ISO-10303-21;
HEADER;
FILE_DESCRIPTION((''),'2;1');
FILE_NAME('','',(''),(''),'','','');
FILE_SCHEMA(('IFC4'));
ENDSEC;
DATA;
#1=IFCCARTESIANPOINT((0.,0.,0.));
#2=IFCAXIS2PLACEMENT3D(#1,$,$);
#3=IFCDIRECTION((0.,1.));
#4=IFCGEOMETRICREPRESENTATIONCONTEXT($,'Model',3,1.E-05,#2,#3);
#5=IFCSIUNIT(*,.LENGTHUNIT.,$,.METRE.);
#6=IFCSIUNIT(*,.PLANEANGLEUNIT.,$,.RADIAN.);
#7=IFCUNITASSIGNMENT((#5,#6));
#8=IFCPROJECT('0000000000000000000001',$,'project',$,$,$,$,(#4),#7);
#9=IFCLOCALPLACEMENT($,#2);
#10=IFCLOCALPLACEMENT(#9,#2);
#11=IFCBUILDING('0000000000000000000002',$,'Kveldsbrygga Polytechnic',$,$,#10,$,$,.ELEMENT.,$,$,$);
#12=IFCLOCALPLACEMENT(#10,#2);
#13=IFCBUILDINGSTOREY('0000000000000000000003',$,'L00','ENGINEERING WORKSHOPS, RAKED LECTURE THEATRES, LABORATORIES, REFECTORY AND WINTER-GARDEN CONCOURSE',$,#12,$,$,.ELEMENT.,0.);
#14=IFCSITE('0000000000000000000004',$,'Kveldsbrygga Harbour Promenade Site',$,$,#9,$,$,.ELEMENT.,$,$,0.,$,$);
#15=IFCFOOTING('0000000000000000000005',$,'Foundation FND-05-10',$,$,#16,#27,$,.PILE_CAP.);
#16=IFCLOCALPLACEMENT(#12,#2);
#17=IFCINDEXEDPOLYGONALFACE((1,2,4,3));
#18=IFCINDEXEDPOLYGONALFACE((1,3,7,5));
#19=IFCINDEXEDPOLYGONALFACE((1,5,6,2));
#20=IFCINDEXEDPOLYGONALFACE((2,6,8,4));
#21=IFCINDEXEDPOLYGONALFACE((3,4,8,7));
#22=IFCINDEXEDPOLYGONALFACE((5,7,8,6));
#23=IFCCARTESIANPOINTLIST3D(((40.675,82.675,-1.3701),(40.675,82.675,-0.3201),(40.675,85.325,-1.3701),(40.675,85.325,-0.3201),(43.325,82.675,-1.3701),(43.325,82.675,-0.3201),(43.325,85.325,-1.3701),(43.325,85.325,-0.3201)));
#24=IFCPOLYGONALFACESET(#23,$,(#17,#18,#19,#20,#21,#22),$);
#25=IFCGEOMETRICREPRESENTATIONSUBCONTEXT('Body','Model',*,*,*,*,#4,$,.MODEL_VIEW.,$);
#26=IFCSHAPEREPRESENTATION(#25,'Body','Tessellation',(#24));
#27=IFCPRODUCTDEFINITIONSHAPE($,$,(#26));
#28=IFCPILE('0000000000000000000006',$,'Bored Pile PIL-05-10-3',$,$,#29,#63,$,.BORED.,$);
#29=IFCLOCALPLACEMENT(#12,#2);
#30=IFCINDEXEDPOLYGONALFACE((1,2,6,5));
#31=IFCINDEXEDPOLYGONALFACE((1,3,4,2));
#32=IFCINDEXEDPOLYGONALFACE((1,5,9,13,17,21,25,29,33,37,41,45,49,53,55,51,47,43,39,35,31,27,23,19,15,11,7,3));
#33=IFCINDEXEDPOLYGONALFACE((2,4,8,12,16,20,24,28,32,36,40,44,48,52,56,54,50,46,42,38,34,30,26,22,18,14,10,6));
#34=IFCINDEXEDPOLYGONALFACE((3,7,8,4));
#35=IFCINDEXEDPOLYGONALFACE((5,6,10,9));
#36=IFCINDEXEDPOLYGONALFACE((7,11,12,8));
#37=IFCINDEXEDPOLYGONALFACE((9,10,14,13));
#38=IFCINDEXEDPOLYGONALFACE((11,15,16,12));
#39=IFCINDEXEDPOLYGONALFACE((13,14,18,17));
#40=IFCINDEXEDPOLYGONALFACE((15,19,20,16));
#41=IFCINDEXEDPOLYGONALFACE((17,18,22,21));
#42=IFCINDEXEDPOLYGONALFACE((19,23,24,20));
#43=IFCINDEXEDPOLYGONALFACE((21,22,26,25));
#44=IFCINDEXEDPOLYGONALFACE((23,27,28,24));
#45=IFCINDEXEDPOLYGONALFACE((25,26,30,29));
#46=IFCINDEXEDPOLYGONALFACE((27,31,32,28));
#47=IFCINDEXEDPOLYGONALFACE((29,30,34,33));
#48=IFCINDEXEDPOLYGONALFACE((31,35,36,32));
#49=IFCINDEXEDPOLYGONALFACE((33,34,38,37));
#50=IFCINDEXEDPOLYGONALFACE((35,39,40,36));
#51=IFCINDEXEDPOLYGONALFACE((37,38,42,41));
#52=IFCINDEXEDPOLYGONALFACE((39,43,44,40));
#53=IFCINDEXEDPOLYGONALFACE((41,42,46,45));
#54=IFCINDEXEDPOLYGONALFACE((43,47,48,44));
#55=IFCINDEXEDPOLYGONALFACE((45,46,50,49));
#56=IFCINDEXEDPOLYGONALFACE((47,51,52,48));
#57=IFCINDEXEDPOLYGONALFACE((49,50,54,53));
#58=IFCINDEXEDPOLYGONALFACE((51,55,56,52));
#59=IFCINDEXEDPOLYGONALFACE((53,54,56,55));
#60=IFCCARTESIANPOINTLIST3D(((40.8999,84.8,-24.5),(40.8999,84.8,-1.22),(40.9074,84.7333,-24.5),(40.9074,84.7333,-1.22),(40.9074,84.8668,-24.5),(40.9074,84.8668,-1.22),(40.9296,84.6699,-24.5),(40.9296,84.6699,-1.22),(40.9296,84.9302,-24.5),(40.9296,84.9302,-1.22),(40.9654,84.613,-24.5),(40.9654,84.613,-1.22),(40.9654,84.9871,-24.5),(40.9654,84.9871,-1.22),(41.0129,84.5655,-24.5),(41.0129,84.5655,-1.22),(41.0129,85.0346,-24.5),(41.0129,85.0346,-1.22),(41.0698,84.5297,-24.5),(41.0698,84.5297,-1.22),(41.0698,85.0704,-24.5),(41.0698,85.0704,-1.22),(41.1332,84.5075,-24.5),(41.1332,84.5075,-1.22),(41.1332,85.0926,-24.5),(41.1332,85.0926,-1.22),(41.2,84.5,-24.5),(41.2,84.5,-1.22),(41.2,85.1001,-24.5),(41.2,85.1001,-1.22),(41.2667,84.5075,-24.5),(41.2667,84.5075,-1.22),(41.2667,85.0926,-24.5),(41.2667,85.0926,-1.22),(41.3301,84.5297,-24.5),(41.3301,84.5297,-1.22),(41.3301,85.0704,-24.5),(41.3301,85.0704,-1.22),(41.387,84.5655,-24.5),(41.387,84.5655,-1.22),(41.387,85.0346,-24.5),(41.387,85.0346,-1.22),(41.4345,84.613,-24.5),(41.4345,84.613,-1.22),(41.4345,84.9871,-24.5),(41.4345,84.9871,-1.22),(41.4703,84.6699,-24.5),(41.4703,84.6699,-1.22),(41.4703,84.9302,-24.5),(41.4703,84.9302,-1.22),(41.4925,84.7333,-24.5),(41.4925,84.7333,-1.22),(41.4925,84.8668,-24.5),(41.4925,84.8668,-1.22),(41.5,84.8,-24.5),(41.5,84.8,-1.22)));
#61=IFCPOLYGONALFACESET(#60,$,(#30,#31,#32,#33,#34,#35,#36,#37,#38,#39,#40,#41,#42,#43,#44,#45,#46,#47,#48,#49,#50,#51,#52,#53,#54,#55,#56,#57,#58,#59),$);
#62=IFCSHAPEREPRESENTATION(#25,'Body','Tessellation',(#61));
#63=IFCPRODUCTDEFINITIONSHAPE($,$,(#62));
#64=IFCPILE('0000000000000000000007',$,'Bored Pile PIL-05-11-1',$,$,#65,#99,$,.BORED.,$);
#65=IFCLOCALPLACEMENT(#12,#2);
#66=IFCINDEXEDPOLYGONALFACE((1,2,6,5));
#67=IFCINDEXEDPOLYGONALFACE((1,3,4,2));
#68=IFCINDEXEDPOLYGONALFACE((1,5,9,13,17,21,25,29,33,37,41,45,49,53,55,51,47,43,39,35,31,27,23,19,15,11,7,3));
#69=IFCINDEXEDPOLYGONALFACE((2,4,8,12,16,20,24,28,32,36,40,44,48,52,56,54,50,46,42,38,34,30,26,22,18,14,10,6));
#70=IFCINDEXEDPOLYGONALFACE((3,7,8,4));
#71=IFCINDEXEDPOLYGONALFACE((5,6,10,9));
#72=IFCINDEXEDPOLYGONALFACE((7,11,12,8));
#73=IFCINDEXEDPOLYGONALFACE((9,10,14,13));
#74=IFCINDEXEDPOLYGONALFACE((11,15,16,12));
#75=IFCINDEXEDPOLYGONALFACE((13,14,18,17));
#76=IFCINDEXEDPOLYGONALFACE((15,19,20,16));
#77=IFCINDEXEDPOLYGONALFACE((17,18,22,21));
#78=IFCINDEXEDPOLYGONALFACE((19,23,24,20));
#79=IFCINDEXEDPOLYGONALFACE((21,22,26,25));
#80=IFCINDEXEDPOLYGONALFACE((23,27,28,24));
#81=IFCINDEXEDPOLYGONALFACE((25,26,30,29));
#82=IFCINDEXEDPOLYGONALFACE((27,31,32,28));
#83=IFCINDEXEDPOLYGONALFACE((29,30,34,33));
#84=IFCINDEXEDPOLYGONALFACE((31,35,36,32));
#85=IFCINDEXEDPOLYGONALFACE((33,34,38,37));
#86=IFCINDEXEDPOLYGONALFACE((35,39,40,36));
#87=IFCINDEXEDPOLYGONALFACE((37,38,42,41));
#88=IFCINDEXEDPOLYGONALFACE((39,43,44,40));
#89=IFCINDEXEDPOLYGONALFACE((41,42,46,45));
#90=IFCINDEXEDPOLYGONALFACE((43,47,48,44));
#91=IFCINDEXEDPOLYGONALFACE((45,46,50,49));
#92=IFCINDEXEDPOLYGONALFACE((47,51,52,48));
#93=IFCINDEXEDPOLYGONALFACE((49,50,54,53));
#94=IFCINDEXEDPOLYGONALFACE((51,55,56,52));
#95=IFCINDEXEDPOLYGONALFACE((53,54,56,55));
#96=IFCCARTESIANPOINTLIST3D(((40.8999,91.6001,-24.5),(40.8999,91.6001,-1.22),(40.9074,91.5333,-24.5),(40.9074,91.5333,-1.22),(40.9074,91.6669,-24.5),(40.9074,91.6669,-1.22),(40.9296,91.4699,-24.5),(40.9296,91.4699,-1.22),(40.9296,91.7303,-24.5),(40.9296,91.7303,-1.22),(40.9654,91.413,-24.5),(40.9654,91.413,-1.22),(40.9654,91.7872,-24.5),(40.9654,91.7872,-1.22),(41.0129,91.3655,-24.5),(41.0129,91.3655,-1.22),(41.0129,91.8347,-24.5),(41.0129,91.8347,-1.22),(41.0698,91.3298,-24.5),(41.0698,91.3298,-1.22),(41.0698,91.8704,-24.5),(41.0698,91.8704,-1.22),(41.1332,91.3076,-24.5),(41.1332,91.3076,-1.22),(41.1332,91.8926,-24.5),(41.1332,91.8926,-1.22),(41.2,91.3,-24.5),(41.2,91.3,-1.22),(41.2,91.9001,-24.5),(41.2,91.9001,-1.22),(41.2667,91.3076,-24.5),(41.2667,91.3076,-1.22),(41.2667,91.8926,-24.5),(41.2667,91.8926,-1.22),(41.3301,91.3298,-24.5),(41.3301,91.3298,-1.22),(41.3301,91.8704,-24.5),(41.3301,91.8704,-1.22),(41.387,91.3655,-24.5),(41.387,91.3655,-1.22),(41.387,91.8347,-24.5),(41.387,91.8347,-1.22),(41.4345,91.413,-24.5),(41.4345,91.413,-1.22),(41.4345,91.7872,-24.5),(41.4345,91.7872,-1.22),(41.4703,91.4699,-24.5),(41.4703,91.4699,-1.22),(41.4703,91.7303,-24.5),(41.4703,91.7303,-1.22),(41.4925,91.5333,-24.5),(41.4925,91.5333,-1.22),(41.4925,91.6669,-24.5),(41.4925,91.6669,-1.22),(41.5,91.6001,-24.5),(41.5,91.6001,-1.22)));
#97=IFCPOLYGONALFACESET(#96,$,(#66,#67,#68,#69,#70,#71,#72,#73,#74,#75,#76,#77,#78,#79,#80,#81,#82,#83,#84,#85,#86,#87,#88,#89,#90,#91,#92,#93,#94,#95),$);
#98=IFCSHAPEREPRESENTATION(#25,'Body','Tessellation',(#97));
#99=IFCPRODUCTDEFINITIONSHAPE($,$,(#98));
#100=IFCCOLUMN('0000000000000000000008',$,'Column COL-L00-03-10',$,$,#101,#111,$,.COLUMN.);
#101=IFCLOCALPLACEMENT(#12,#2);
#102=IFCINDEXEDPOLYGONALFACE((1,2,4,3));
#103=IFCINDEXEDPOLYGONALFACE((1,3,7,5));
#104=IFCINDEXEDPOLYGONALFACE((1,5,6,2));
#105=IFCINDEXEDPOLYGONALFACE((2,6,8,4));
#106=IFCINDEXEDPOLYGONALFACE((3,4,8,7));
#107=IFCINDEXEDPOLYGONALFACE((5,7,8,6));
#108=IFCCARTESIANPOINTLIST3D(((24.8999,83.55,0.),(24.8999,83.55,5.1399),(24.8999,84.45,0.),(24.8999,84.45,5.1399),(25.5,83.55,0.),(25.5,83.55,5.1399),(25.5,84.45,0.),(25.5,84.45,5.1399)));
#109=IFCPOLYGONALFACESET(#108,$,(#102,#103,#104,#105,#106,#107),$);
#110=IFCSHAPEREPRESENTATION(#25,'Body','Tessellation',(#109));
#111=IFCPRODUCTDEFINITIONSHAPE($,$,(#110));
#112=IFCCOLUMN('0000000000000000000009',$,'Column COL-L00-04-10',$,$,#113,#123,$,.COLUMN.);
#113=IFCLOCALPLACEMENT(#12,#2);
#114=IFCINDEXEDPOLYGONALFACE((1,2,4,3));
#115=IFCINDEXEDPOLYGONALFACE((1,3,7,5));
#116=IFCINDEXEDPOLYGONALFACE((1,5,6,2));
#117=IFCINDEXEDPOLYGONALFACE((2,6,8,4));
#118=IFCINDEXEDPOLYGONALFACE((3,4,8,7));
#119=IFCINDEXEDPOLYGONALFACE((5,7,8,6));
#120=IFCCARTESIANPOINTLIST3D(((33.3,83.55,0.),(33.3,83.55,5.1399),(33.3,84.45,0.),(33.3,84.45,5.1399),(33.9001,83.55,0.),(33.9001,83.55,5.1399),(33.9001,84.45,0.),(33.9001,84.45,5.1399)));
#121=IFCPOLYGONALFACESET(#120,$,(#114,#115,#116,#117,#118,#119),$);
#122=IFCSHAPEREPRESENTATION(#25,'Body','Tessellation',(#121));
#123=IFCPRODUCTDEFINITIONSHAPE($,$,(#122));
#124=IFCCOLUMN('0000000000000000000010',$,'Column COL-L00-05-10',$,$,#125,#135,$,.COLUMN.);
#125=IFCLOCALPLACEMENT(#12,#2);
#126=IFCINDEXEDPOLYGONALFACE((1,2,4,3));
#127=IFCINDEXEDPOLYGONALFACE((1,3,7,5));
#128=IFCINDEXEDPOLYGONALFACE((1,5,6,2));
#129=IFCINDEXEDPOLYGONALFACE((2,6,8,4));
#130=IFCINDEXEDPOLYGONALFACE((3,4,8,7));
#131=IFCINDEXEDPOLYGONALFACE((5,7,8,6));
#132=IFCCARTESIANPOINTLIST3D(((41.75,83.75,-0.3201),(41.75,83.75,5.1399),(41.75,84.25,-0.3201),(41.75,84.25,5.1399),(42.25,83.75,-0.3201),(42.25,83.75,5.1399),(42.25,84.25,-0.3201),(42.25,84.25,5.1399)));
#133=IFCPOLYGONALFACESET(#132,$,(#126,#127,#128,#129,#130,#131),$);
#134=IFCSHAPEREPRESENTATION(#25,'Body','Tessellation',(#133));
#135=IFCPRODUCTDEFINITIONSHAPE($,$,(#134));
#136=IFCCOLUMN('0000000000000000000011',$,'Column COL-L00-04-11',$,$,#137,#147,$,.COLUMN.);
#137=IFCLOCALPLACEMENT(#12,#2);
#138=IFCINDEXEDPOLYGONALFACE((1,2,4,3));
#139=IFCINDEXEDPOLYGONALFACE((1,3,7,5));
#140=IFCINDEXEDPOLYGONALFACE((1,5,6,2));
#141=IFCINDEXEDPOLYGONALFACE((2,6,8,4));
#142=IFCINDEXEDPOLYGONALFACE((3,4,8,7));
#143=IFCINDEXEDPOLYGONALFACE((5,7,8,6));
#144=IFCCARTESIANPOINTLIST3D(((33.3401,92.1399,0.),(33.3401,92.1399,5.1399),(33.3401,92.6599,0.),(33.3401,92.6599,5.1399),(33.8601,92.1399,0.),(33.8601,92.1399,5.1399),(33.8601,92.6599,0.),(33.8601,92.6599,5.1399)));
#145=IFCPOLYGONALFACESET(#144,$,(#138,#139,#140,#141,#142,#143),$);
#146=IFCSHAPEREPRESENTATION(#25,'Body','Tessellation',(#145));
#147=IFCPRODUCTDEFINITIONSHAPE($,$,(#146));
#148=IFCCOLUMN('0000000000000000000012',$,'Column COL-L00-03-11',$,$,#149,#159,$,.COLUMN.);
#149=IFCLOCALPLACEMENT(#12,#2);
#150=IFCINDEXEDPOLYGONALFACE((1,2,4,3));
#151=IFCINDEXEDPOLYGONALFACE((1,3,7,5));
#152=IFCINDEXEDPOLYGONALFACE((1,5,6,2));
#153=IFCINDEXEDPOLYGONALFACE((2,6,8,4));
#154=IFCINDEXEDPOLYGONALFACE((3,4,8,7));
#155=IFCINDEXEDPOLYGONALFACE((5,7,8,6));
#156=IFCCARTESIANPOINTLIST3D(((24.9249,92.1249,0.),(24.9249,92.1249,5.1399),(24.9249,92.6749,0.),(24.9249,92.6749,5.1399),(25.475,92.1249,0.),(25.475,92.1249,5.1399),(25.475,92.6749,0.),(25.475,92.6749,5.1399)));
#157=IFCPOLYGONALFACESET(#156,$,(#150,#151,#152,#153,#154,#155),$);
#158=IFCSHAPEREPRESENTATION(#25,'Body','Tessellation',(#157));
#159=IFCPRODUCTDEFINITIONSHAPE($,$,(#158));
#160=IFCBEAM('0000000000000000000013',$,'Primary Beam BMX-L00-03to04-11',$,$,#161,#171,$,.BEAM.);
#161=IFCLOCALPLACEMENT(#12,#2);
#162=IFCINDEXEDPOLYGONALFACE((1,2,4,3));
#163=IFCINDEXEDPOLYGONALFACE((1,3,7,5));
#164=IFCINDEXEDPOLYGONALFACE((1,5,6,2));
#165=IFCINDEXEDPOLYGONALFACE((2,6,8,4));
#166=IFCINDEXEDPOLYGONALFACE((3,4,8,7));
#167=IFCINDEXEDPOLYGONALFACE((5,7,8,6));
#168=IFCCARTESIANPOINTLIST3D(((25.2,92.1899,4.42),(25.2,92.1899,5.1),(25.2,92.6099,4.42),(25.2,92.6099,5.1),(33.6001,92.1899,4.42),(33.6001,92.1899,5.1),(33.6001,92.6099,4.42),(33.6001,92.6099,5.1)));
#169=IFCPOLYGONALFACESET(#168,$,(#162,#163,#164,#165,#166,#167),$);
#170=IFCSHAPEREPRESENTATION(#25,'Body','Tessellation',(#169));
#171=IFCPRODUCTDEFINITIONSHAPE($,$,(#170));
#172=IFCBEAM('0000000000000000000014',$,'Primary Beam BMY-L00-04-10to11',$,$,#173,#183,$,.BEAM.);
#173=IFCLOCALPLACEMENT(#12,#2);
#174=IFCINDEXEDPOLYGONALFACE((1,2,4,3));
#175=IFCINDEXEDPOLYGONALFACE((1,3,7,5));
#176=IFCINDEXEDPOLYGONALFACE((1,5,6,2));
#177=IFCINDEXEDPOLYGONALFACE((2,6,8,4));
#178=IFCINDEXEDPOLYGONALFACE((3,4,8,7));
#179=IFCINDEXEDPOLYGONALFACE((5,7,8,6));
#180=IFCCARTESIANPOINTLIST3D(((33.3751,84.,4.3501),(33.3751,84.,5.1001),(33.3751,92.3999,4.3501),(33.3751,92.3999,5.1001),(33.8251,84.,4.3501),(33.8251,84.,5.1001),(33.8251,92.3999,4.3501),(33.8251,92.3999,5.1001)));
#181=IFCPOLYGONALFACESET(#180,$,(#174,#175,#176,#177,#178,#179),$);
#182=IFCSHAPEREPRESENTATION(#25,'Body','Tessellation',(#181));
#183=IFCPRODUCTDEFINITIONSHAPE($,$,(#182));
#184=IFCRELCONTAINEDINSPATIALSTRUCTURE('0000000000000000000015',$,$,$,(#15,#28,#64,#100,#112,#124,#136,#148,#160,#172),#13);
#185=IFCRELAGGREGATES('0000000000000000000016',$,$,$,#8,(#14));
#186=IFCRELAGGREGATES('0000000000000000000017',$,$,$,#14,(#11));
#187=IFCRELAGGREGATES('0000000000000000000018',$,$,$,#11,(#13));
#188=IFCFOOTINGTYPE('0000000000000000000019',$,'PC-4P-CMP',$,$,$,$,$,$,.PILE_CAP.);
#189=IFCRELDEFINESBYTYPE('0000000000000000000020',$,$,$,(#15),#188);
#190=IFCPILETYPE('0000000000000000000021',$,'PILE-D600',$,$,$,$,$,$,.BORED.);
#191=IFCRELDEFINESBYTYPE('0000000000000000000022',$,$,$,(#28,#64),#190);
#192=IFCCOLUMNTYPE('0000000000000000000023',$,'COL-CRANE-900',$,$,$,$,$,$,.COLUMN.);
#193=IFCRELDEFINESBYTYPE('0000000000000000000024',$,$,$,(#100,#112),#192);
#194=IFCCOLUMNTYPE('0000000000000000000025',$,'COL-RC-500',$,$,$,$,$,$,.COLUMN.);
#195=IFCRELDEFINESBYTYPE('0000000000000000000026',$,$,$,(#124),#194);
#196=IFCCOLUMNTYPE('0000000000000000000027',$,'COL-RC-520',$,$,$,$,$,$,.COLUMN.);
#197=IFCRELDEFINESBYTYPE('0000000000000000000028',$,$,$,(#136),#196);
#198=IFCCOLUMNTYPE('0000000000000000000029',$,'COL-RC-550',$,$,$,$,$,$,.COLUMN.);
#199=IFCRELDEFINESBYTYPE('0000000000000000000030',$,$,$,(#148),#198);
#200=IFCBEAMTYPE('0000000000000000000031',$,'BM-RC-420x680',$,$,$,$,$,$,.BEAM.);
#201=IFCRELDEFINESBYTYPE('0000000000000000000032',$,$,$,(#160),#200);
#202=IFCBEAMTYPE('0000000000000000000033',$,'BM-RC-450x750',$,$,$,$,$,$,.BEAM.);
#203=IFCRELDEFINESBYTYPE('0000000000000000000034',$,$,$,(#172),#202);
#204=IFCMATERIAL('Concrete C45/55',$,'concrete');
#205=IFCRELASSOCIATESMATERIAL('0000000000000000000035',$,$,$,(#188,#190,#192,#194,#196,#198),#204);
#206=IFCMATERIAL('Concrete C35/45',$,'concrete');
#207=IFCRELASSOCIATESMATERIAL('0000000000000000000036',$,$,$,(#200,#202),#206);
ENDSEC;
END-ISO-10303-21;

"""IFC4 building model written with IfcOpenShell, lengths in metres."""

from ifc_helpers import new_model, si_unit, direction, frame, origin, origin_2d, place, context, subcontext, project, spatial, rectangle, circle, extrude, material, material_profile, profile_set, type_object, element, save


model = new_model("IFC4")

# Units and contexts
model_context = context("Model", 3, precision=1e-05, world=origin(), true_north=direction((0.0, 1.0)))
body_context = subcontext(model_context, "Body", "Model", "MODEL_VIEW")
ifc_project = project(units=[si_unit("LENGTHUNIT", "METRE"), si_unit("PLANEANGLEUNIT", "RADIAN")], contexts=[model_context])

# Site, building, storey
site_placement = place(None, origin())
site = spatial("IfcSite", under=ifc_project, at=site_placement, Name="Kveldsbrygga Harbour Promenade Site", CompositionType="ELEMENT", RefElevation=0.0)
building_placement = place(site_placement, origin())
building = spatial("IfcBuilding", under=site, at=building_placement, Name="Kveldsbrygga Polytechnic", CompositionType="ELEMENT")
storey_placement = place(building_placement, origin())
storey = spatial("IfcBuildingStorey", under=building, at=storey_placement, Name="L00", Description="ENGINEERING WORKSHOPS, RAKED LECTURE THEATRES, LABORATORIES, REFECTORY AND WINTER-GARDEN CONCOURSE", CompositionType="ELEMENT", Elevation=0.0)

# Footing
ifc_material_1 = material(Name="Concrete C45/55", Category="concrete")
footing_type = type_object("IfcFootingType", Name="PC-4P-CMP", PredefinedType="PILE_CAP", material=ifc_material_1)
footing_placement = place(storey_placement, frame((42.0, 84.0, -1.3701), z_axis=(0.0, 0.0, 1.0), x_axis=(1.0, 0.0, 0.0)))
element("IfcFooting", 1, at=footing_placement, inside=storey, type_object=footing_type, Name="Foundation FND-05-10", PredefinedType="PILE_CAP", context=body_context, shape_type="SweptSolid", body=[
    extrude(rectangle(XDim=2.6499, YDim=2.6499, at=origin_2d()), origin(), (0.0, 0.0, 1.0), 1.05),
])

# Piles
ifc_material_profile_1 = material_profile(ifc_material_1, circle(Radius=0.3, at=origin_2d()), Name="PILE D600")
ifc_profile_set_1 = profile_set([ifc_material_profile_1], Name="Concrete C45/55")
pile_type = type_object("IfcPileType", Name="PILE-D600", PredefinedType="BORED", material=ifc_profile_set_1)
for number, where, z_axis, x_axis, name in (
    (2, (41.2, 84.8, -1.22), (0.0, 0.0, -1.0), (1.0, 0.0, 0.0), "Bored Pile PIL-05-10-3"),
    (3, (41.2, 91.6001, -1.22), (0.0, 0.0, -1.0), (1.0, 0.0, 0.0), "Bored Pile PIL-05-11-1"),
):
    element("IfcPile", number, at=place(storey_placement, frame(where, z_axis=z_axis, x_axis=x_axis)), inside=storey, type_object=pile_type, Name=name, PredefinedType="BORED", context=body_context, shape_type="SweptSolid", body=[
        extrude(circle(Radius=0.3, at=origin_2d()), origin(), (0.0, 0.0, 1.0), 23.28),
    ])

# Columns
ifc_material_profile_2 = material_profile(ifc_material_1, rectangle(XDim=0.6001, YDim=0.8999, at=origin_2d()), Name="RC 600x900")
ifc_profile_set_2 = profile_set([ifc_material_profile_2], Name="Concrete C45/55")
column_type_1 = type_object("IfcColumnType", Name="COL-CRANE-900", PredefinedType="COLUMN", material=ifc_profile_set_2)
for number, where, z_axis, x_axis, name in (
    (4, (25.2, 84.0, 0.0), (0.0, 0.0, 1.0), (1.0, 0.0, 0.0), "Column COL-L00-03-10"),
    (5, (33.6001, 84.0, 0.0), (0.0, 0.0, 1.0), (1.0, 0.0, 0.0), "Column COL-L00-04-10"),
):
    element("IfcColumn", number, at=place(storey_placement, frame(where, z_axis=z_axis, x_axis=x_axis)), inside=storey, type_object=column_type_1, Name=name, PredefinedType="COLUMN", context=body_context, shape_type="SweptSolid", body=[
        extrude(rectangle(XDim=0.6001, YDim=0.8999, at=origin_2d()), origin(), (0.0, 0.0, 1.0), 5.1399),
    ])
ifc_material_profile_3 = material_profile(ifc_material_1, rectangle(XDim=0.5, YDim=0.5, at=origin_2d()), Name="RC 500x500")
ifc_profile_set_3 = profile_set([ifc_material_profile_3], Name="Concrete C45/55")
column_type_2 = type_object("IfcColumnType", Name="COL-RC-500", PredefinedType="COLUMN", material=ifc_profile_set_3)
column_1_placement = place(storey_placement, frame((42.0, 84.0, -0.3201), z_axis=(0.0, 0.0, 1.0), x_axis=(1.0, 0.0, 0.0)))
element("IfcColumn", 6, at=column_1_placement, inside=storey, type_object=column_type_2, Name="Column COL-L00-05-10", PredefinedType="COLUMN", context=body_context, shape_type="SweptSolid", body=[
    extrude(rectangle(XDim=0.5, YDim=0.5, at=origin_2d()), origin(), (0.0, 0.0, 1.0), 5.46),
])
ifc_material_profile_4 = material_profile(ifc_material_1, rectangle(XDim=0.52, YDim=0.52, at=origin_2d()), Name="RC 520x520")
ifc_profile_set_4 = profile_set([ifc_material_profile_4], Name="Concrete C45/55")
column_type_3 = type_object("IfcColumnType", Name="COL-RC-520", PredefinedType="COLUMN", material=ifc_profile_set_4)
column_2_placement = place(storey_placement, frame((33.6001, 92.3999, 0.0), z_axis=(0.0, 0.0, 1.0), x_axis=(1.0, 0.0, 0.0)))
element("IfcColumn", 7, at=column_2_placement, inside=storey, type_object=column_type_3, Name="Column COL-L00-04-11", PredefinedType="COLUMN", context=body_context, shape_type="SweptSolid", body=[
    extrude(rectangle(XDim=0.52, YDim=0.52, at=origin_2d()), origin(), (0.0, 0.0, 1.0), 5.1399),
])
ifc_material_profile_5 = material_profile(ifc_material_1, rectangle(XDim=0.55, YDim=0.55, at=origin_2d()), Name="RC 550x550")
ifc_profile_set_5 = profile_set([ifc_material_profile_5], Name="Concrete C45/55")
column_type_4 = type_object("IfcColumnType", Name="COL-RC-550", PredefinedType="COLUMN", material=ifc_profile_set_5)
column_3_placement = place(storey_placement, frame((25.2, 92.3999, 0.0), z_axis=(0.0, 0.0, 1.0), x_axis=(1.0, 0.0, 0.0)))
element("IfcColumn", 8, at=column_3_placement, inside=storey, type_object=column_type_4, Name="Column COL-L00-03-11", PredefinedType="COLUMN", context=body_context, shape_type="SweptSolid", body=[
    extrude(rectangle(XDim=0.55, YDim=0.55, at=origin_2d()), origin(), (0.0, 0.0, 1.0), 5.1399),
])

# Beams
ifc_material_2 = material(Name="Concrete C35/45", Category="concrete")
ifc_material_profile_6 = material_profile(ifc_material_2, rectangle(XDim=0.4199, YDim=0.6799, at=origin_2d()), Name="RC 420x680")
ifc_profile_set_6 = profile_set([ifc_material_profile_6], Name="Concrete C35/45")
beam_type_1 = type_object("IfcBeamType", Name="BM-RC-420x680", PredefinedType="BEAM", material=ifc_profile_set_6)
beam_1_placement = place(storey_placement, frame((25.2, 92.3999, 4.76), z_axis=(1.0, 0.0, 0.0), x_axis=(0.0, 1.0, 0.0)))
element("IfcBeam", 9, at=beam_1_placement, inside=storey, type_object=beam_type_1, Name="Primary Beam BMX-L00-03to04-11", PredefinedType="BEAM", context=body_context, shape_type="SweptSolid", body=[
    extrude(rectangle(XDim=0.4199, YDim=0.6799, at=origin_2d()), origin(), (0.0, 0.0, 1.0), 8.4001),
])
ifc_material_profile_7 = material_profile(ifc_material_2, rectangle(XDim=0.45, YDim=0.75, at=origin_2d()), Name="RC 450x750")
ifc_profile_set_7 = profile_set([ifc_material_profile_7], Name="Concrete C35/45")
beam_type_2 = type_object("IfcBeamType", Name="BM-RC-450x750", PredefinedType="BEAM", material=ifc_profile_set_7)
beam_2_placement = place(storey_placement, frame((33.6001, 84.0, 4.7251), z_axis=(0.0, 1.0, 0.0), x_axis=(-1.0, 0.0, 0.0)))
element("IfcBeam", 10, at=beam_2_placement, inside=storey, type_object=beam_type_2, Name="Primary Beam BMY-L00-04-10to11", PredefinedType="BEAM", context=body_context, shape_type="SweptSolid", body=[
    extrude(rectangle(XDim=0.45, YDim=0.75, at=origin_2d()), origin(), (0.0, 0.0, 1.0), 8.3999),
])

save(model, "model.ifc")
